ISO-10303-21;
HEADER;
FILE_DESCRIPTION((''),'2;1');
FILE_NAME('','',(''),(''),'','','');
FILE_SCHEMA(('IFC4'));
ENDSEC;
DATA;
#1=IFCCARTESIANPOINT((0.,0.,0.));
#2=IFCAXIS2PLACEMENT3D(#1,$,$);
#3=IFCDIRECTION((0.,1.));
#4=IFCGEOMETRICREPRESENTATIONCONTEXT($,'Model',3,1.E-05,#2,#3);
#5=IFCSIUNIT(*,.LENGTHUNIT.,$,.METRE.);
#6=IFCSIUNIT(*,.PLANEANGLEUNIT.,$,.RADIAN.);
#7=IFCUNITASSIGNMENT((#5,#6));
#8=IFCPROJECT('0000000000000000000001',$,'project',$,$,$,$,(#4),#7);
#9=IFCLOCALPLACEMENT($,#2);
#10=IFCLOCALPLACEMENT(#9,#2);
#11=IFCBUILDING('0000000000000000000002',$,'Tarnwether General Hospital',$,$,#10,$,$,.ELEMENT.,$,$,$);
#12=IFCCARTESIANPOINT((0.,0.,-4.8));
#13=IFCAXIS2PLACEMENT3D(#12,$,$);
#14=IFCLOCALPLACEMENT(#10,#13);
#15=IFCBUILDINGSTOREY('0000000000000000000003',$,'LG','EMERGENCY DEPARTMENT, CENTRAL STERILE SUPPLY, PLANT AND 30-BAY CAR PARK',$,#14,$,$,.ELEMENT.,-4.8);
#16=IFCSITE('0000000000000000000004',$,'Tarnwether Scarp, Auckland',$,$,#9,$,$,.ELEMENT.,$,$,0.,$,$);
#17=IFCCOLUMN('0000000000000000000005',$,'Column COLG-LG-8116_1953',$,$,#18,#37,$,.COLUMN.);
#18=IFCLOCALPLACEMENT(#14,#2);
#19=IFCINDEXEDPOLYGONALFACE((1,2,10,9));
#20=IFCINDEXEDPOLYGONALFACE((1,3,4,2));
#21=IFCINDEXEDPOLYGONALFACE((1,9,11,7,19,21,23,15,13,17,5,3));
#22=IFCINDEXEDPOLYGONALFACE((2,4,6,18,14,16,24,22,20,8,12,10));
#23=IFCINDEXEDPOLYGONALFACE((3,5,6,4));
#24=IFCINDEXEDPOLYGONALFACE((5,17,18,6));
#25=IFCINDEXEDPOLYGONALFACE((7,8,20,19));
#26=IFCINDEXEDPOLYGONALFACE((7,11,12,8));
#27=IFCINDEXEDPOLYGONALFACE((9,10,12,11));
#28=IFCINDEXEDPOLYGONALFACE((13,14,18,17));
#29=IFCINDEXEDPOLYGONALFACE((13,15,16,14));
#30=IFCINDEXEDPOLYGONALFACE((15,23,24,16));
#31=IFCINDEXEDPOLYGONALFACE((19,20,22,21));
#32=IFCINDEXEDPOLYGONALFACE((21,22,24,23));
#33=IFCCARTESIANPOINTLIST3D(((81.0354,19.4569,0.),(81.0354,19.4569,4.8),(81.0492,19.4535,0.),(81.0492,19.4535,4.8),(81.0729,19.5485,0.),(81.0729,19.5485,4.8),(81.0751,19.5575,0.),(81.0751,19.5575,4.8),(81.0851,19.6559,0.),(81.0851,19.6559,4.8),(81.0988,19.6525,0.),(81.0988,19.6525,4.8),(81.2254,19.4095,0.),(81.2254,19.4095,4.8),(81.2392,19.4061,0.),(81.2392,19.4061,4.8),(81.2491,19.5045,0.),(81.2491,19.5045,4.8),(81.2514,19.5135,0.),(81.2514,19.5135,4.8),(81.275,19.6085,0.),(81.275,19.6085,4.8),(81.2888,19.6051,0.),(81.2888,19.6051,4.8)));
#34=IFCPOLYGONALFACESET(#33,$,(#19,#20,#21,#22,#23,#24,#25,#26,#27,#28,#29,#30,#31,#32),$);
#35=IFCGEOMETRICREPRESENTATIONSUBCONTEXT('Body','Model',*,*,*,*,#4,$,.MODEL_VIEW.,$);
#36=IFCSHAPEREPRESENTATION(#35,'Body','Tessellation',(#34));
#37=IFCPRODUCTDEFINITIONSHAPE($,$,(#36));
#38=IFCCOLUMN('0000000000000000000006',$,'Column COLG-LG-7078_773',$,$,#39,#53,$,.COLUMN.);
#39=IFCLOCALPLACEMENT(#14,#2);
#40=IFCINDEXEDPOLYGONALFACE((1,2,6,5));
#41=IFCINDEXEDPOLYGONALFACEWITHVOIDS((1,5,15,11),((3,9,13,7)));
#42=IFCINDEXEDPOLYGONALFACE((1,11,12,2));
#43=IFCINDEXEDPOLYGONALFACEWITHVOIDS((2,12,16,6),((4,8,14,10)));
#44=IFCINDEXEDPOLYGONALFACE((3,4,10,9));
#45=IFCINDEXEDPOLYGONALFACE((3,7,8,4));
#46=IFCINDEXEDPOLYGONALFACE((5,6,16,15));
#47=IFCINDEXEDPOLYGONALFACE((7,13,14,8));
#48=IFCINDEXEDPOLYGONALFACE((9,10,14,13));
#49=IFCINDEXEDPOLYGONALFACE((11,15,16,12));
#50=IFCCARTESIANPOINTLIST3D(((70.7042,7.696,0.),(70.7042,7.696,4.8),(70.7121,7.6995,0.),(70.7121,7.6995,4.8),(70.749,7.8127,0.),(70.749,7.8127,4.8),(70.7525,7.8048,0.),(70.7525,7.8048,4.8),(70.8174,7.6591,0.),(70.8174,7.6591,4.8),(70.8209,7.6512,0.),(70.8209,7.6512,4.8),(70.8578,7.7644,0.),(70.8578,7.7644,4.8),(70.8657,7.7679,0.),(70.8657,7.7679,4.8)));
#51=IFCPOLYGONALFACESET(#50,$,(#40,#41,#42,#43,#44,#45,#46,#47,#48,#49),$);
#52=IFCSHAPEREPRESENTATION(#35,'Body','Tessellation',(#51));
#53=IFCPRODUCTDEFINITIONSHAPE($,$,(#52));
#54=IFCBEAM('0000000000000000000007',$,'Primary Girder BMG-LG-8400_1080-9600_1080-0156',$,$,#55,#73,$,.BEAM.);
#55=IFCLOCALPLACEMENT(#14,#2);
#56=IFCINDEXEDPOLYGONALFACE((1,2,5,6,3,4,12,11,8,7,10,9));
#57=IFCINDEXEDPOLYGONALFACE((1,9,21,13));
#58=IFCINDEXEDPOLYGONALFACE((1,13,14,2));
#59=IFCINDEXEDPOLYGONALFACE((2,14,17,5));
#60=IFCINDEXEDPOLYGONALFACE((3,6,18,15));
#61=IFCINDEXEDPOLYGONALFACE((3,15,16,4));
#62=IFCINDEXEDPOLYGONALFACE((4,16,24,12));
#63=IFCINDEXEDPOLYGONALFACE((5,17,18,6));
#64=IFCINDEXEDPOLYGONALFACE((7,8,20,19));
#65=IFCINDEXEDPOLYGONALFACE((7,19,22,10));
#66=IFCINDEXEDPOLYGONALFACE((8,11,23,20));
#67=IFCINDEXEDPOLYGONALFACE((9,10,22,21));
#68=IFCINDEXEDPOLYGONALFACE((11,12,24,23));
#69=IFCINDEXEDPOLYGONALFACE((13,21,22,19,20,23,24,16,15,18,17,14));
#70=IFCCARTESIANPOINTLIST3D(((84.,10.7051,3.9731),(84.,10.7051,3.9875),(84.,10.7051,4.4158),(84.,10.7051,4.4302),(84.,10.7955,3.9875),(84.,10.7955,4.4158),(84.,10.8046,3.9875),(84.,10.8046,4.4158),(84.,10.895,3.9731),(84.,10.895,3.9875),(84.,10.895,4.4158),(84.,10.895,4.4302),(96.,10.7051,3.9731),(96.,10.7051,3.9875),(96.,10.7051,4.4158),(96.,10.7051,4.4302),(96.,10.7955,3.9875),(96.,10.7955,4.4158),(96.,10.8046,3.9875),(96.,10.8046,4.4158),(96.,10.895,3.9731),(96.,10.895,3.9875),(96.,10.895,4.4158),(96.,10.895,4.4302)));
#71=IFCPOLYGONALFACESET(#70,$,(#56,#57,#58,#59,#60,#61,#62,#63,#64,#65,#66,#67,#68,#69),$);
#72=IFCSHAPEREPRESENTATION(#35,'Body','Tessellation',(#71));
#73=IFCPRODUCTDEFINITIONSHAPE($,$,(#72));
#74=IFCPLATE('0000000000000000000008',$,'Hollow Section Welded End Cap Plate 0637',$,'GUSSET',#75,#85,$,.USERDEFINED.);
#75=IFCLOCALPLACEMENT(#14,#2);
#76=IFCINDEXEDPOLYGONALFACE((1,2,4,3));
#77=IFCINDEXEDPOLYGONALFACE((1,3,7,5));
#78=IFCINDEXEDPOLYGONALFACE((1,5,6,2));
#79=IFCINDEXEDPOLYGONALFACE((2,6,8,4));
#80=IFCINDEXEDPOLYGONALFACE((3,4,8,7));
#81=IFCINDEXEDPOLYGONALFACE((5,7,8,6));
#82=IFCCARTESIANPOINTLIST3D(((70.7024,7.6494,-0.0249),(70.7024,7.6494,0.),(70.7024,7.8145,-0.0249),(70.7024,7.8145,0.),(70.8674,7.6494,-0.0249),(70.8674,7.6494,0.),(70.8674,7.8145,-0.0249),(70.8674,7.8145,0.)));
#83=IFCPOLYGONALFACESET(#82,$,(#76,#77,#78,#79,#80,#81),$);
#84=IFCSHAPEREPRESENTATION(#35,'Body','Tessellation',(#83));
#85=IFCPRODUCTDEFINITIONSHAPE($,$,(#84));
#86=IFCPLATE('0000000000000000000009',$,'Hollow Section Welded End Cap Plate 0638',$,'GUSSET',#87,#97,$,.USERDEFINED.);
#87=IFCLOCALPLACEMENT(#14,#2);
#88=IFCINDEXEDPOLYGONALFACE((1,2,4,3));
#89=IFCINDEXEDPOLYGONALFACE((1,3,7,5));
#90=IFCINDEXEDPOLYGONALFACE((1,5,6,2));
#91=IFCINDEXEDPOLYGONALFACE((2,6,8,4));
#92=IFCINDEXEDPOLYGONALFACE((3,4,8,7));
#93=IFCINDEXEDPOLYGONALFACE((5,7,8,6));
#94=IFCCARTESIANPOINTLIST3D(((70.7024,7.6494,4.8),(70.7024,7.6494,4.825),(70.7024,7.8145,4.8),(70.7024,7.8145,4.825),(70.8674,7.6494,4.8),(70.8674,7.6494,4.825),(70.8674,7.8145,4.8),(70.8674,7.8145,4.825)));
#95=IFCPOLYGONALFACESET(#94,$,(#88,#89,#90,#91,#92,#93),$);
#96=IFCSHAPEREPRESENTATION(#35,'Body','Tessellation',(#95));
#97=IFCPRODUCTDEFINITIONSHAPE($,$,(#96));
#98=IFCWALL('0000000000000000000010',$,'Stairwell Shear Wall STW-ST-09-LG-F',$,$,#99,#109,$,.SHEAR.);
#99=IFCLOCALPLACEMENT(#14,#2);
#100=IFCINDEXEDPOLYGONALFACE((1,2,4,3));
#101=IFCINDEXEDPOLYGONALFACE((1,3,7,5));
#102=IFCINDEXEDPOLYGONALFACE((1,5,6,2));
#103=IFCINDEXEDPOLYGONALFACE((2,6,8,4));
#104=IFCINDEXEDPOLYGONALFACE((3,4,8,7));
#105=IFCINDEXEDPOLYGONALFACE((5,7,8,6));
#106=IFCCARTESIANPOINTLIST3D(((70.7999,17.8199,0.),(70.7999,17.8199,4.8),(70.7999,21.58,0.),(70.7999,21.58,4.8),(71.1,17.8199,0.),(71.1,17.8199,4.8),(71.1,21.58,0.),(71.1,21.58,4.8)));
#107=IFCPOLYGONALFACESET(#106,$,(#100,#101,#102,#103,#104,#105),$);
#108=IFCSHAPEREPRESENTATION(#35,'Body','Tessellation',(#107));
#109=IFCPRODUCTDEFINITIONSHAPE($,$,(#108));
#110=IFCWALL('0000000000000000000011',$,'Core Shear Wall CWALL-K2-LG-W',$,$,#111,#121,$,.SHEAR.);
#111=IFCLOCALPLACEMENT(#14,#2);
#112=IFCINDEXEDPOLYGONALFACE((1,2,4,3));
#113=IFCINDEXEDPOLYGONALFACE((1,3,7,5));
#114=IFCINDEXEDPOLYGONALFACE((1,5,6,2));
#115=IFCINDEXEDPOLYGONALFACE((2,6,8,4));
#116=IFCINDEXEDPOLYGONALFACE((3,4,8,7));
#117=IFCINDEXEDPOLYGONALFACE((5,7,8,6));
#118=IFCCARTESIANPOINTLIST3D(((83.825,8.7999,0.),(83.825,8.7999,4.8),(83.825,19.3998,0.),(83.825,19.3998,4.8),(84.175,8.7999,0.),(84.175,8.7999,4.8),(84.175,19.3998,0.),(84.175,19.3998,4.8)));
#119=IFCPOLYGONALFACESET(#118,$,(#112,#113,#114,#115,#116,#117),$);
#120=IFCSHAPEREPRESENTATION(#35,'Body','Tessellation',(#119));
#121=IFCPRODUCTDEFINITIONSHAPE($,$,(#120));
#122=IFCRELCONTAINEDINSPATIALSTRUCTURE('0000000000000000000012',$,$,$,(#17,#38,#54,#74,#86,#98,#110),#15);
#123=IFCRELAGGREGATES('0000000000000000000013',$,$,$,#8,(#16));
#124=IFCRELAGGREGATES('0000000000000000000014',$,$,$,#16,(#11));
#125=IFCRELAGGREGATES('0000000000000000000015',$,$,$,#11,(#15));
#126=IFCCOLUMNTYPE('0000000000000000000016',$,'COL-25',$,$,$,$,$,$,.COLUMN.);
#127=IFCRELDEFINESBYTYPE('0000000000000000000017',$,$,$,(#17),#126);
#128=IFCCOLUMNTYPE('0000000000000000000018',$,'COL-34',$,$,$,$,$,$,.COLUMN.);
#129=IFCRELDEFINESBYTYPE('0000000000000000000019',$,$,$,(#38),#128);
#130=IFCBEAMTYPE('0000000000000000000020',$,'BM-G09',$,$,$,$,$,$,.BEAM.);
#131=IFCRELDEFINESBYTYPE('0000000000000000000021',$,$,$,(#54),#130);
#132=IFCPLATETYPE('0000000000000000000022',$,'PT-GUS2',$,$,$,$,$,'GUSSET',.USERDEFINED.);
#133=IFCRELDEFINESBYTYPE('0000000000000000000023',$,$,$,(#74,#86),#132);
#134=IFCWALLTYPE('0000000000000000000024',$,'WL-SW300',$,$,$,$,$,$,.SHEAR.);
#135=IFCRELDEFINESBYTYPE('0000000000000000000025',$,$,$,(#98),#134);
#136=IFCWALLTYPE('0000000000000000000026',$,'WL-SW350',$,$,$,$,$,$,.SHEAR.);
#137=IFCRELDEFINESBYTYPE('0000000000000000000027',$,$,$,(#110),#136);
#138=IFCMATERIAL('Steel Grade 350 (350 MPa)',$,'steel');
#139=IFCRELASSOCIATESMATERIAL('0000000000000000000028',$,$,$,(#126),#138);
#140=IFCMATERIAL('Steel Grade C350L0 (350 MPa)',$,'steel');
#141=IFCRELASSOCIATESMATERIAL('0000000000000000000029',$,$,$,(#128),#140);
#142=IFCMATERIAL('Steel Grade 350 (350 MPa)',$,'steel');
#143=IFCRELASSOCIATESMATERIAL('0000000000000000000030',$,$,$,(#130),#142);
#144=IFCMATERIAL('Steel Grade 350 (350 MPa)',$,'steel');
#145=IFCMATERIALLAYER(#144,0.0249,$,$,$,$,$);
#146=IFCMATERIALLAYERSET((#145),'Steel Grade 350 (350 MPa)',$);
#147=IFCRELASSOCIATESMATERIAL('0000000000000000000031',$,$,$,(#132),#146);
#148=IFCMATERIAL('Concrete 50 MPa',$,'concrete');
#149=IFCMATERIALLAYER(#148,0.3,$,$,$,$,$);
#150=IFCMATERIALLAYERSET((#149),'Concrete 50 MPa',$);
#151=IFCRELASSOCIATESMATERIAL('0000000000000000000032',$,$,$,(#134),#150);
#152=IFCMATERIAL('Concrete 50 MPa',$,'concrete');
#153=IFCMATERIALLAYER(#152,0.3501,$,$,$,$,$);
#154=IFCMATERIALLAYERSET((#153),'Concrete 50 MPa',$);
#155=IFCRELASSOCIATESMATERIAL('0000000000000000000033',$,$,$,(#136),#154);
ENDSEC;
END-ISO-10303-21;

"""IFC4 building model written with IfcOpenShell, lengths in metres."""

from ifc_helpers import new_model, si_unit, direction, frame, frame_2d, origin, origin_2d, place, context, subcontext, project, spatial, rectangle, hollow_rectangle, i_section, extrude, material, layer, layer_set, material_profile, profile_set, type_object, element, save


model = new_model("IFC4")

# Units and contexts
model_context = context("Model", 3, precision=1e-05, world=origin(), true_north=direction((0.0, 1.0)))
body_context = subcontext(model_context, "Body", "Model", "MODEL_VIEW")
ifc_project = project(units=[si_unit("LENGTHUNIT", "METRE"), si_unit("PLANEANGLEUNIT", "RADIAN")], contexts=[model_context])

# Site, building, storey
site_placement = place(None, origin())
site = spatial("IfcSite", under=ifc_project, at=site_placement, Name="Tarnwether Scarp, Auckland", CompositionType="ELEMENT", RefElevation=0.0)
building_placement = place(site_placement, origin())
building = spatial("IfcBuilding", under=site, at=building_placement, Name="Tarnwether General Hospital", CompositionType="ELEMENT")
storey_placement = place(building_placement, frame((0.0, 0.0, -4.8)))
storey = spatial("IfcBuildingStorey", under=building, at=storey_placement, Name="LG", Description="EMERGENCY DEPARTMENT, CENTRAL STERILE SUPPLY, PLANT AND 30-BAY CAR PARK", CompositionType="ELEMENT", Elevation=-4.8)

# Columns
ifc_material_1 = material(Name="Steel Grade 350 (350 MPa)", Category="steel")
ifc_material_profile_1 = material_profile(ifc_material_1, i_section(OverallWidth=0.2051, OverallDepth=0.21, WebThickness=0.0093, FlangeThickness=0.0142, at=origin_2d()), Name="200UC59.5")
ifc_profile_set_1 = profile_set([ifc_material_profile_1], Name="Steel Grade 350 (350 MPa)")
column_type_1 = type_object("IfcColumnType", Name="COL-25", PredefinedType="COLUMN", material=ifc_profile_set_1)
column_1_placement = place(storey_placement, frame((81.1621, 19.531, 0.0), z_axis=(0.0, 0.0, 1.0), x_axis=(0.241922, 0.970296, 0.0)))
element("IfcColumn", 1, at=column_1_placement, inside=storey, type_object=column_type_1, Name="Column COLG-LG-8116_1953", PredefinedType="COLUMN", context=body_context, shape_type="SweptSolid", body=[
    extrude(i_section(OverallWidth=0.2051, OverallDepth=0.21, WebThickness=0.0093, FlangeThickness=0.0142, at=origin_2d()), origin(), (0.0, 0.0, 1.0), 4.8),
])
ifc_material_2 = material(Name="Steel Grade C350L0 (350 MPa)", Category="steel")
ifc_material_profile_2 = material_profile(ifc_material_2, hollow_rectangle(XDim=0.125, YDim=0.125, WallThickness=0.0061, at=origin_2d()), Name="SHS125x125x6")
ifc_profile_set_2 = profile_set([ifc_material_profile_2], Name="Steel Grade C350L0 (350 MPa)")
column_type_2 = type_object("IfcColumnType", Name="COL-34", PredefinedType="COLUMN", material=ifc_profile_set_2)
column_2_placement = place(storey_placement, frame((70.7849, 7.7319, 0.0), z_axis=(0.0, 0.0, 1.0), x_axis=(0.358368, 0.93358, 0.0)))
element("IfcColumn", 2, at=column_2_placement, inside=storey, type_object=column_type_2, Name="Column COLG-LG-7078_773", PredefinedType="COLUMN", context=body_context, shape_type="SweptSolid", body=[
    extrude(hollow_rectangle(XDim=0.125, YDim=0.125, WallThickness=0.0061, at=origin_2d()), origin(), (0.0, 0.0, 1.0), 4.8),
])

# Beam
ifc_material_3 = material(Name="Steel Grade 350 (350 MPa)", Category="steel")
ifc_material_profile_3 = material_profile(ifc_material_3, i_section(OverallWidth=0.1899, OverallDepth=0.457, WebThickness=0.009, FlangeThickness=0.0144, at=origin_2d()), Name="460UB74.6")
ifc_profile_set_3 = profile_set([ifc_material_profile_3], Name="Steel Grade 350 (350 MPa)")
beam_type = type_object("IfcBeamType", Name="BM-G09", PredefinedType="BEAM", material=ifc_profile_set_3)
beam_placement = place(storey_placement, frame((84.0, 10.8, 4.2017), z_axis=(1.0, 0.0, 0.0), x_axis=(0.0, 1.0, 0.0)))
element("IfcBeam", 3, at=beam_placement, inside=storey, type_object=beam_type, Name="Primary Girder BMG-LG-8400_1080-9600_1080-0156", PredefinedType="BEAM", context=body_context, shape_type="SweptSolid", body=[
    extrude(i_section(OverallWidth=0.1899, OverallDepth=0.457, WebThickness=0.009, FlangeThickness=0.0144, at=origin_2d()), origin(), (0.0, 0.0, 1.0), 12.0),
])

# Plates
ifc_material_4 = material(Name="Steel Grade 350 (350 MPa)", Category="steel")
ifc_layer_1 = layer(ifc_material_4, 0.0249)
ifc_layer_set_1 = layer_set([ifc_layer_1], Name="Steel Grade 350 (350 MPa)")
plate_type = type_object("IfcPlateType", Name="PT-GUS2", ElementType="GUSSET", PredefinedType="USERDEFINED", material=ifc_layer_set_1)
for number, where, z_axis, x_axis, name in (
    (4, (70.7849, 7.7319, -0.0249), (0.0, 0.0, 1.0), (1.0, 0.0, 0.0), "Hollow Section Welded End Cap Plate 0637"),
    (5, (70.7849, 7.7319, 4.8), (0.0, 0.0, 1.0), (1.0, 0.0, 0.0), "Hollow Section Welded End Cap Plate 0638"),
):
    element("IfcPlate", number, at=place(storey_placement, frame(where, z_axis=z_axis, x_axis=x_axis)), inside=storey, type_object=plate_type, Name=name, ObjectType="GUSSET", PredefinedType="USERDEFINED", context=body_context, shape_type="SweptSolid", body=[
        extrude(rectangle(XDim=0.165, YDim=0.165, at=origin_2d()), origin(), (0.0, 0.0, 1.0), 0.0249),
    ])

# Walls
ifc_material_5 = material(Name="Concrete 50 MPa", Category="concrete")
ifc_layer_2 = layer(ifc_material_5, 0.3)
ifc_layer_set_2 = layer_set([ifc_layer_2], Name="Concrete 50 MPa")
wall_type_1 = type_object("IfcWallType", Name="WL-SW300", PredefinedType="SHEAR", material=ifc_layer_set_2)
wall_1_placement = place(storey_placement, frame((70.95, 17.8201, 0.0), z_axis=(0.0, 0.0, 1.0), x_axis=(0.0, 1.0, 0.0)))
element("IfcWall", 6, at=wall_1_placement, inside=storey, type_object=wall_type_1, Name="Stairwell Shear Wall STW-ST-09-LG-F", PredefinedType="SHEAR", context=body_context, shape_type="SweptSolid", body=[
    extrude(rectangle(XDim=3.76, YDim=0.3, at=frame_2d((1.8799, 0.0))), origin(), (0.0, 0.0, 1.0), 4.8),
])
ifc_material_6 = material(Name="Concrete 50 MPa", Category="concrete")
ifc_layer_3 = layer(ifc_material_6, 0.3501)
ifc_layer_set_3 = layer_set([ifc_layer_3], Name="Concrete 50 MPa")
wall_type_2 = type_object("IfcWallType", Name="WL-SW350", PredefinedType="SHEAR", material=ifc_layer_set_3)
wall_2_placement = place(storey_placement, frame((84.0, 8.8, 0.0), z_axis=(0.0, 0.0, 1.0), x_axis=(0.0, 1.0, 0.0)))
element("IfcWall", 7, at=wall_2_placement, inside=storey, type_object=wall_type_2, Name="Core Shear Wall CWALL-K2-LG-W", PredefinedType="SHEAR", context=body_context, shape_type="SweptSolid", body=[
    extrude(rectangle(XDim=10.5999, YDim=0.3501, at=frame_2d((5.2998, 0.0))), origin(), (0.0, 0.0, 1.0), 4.8),
])

save(model, "model.ifc")
